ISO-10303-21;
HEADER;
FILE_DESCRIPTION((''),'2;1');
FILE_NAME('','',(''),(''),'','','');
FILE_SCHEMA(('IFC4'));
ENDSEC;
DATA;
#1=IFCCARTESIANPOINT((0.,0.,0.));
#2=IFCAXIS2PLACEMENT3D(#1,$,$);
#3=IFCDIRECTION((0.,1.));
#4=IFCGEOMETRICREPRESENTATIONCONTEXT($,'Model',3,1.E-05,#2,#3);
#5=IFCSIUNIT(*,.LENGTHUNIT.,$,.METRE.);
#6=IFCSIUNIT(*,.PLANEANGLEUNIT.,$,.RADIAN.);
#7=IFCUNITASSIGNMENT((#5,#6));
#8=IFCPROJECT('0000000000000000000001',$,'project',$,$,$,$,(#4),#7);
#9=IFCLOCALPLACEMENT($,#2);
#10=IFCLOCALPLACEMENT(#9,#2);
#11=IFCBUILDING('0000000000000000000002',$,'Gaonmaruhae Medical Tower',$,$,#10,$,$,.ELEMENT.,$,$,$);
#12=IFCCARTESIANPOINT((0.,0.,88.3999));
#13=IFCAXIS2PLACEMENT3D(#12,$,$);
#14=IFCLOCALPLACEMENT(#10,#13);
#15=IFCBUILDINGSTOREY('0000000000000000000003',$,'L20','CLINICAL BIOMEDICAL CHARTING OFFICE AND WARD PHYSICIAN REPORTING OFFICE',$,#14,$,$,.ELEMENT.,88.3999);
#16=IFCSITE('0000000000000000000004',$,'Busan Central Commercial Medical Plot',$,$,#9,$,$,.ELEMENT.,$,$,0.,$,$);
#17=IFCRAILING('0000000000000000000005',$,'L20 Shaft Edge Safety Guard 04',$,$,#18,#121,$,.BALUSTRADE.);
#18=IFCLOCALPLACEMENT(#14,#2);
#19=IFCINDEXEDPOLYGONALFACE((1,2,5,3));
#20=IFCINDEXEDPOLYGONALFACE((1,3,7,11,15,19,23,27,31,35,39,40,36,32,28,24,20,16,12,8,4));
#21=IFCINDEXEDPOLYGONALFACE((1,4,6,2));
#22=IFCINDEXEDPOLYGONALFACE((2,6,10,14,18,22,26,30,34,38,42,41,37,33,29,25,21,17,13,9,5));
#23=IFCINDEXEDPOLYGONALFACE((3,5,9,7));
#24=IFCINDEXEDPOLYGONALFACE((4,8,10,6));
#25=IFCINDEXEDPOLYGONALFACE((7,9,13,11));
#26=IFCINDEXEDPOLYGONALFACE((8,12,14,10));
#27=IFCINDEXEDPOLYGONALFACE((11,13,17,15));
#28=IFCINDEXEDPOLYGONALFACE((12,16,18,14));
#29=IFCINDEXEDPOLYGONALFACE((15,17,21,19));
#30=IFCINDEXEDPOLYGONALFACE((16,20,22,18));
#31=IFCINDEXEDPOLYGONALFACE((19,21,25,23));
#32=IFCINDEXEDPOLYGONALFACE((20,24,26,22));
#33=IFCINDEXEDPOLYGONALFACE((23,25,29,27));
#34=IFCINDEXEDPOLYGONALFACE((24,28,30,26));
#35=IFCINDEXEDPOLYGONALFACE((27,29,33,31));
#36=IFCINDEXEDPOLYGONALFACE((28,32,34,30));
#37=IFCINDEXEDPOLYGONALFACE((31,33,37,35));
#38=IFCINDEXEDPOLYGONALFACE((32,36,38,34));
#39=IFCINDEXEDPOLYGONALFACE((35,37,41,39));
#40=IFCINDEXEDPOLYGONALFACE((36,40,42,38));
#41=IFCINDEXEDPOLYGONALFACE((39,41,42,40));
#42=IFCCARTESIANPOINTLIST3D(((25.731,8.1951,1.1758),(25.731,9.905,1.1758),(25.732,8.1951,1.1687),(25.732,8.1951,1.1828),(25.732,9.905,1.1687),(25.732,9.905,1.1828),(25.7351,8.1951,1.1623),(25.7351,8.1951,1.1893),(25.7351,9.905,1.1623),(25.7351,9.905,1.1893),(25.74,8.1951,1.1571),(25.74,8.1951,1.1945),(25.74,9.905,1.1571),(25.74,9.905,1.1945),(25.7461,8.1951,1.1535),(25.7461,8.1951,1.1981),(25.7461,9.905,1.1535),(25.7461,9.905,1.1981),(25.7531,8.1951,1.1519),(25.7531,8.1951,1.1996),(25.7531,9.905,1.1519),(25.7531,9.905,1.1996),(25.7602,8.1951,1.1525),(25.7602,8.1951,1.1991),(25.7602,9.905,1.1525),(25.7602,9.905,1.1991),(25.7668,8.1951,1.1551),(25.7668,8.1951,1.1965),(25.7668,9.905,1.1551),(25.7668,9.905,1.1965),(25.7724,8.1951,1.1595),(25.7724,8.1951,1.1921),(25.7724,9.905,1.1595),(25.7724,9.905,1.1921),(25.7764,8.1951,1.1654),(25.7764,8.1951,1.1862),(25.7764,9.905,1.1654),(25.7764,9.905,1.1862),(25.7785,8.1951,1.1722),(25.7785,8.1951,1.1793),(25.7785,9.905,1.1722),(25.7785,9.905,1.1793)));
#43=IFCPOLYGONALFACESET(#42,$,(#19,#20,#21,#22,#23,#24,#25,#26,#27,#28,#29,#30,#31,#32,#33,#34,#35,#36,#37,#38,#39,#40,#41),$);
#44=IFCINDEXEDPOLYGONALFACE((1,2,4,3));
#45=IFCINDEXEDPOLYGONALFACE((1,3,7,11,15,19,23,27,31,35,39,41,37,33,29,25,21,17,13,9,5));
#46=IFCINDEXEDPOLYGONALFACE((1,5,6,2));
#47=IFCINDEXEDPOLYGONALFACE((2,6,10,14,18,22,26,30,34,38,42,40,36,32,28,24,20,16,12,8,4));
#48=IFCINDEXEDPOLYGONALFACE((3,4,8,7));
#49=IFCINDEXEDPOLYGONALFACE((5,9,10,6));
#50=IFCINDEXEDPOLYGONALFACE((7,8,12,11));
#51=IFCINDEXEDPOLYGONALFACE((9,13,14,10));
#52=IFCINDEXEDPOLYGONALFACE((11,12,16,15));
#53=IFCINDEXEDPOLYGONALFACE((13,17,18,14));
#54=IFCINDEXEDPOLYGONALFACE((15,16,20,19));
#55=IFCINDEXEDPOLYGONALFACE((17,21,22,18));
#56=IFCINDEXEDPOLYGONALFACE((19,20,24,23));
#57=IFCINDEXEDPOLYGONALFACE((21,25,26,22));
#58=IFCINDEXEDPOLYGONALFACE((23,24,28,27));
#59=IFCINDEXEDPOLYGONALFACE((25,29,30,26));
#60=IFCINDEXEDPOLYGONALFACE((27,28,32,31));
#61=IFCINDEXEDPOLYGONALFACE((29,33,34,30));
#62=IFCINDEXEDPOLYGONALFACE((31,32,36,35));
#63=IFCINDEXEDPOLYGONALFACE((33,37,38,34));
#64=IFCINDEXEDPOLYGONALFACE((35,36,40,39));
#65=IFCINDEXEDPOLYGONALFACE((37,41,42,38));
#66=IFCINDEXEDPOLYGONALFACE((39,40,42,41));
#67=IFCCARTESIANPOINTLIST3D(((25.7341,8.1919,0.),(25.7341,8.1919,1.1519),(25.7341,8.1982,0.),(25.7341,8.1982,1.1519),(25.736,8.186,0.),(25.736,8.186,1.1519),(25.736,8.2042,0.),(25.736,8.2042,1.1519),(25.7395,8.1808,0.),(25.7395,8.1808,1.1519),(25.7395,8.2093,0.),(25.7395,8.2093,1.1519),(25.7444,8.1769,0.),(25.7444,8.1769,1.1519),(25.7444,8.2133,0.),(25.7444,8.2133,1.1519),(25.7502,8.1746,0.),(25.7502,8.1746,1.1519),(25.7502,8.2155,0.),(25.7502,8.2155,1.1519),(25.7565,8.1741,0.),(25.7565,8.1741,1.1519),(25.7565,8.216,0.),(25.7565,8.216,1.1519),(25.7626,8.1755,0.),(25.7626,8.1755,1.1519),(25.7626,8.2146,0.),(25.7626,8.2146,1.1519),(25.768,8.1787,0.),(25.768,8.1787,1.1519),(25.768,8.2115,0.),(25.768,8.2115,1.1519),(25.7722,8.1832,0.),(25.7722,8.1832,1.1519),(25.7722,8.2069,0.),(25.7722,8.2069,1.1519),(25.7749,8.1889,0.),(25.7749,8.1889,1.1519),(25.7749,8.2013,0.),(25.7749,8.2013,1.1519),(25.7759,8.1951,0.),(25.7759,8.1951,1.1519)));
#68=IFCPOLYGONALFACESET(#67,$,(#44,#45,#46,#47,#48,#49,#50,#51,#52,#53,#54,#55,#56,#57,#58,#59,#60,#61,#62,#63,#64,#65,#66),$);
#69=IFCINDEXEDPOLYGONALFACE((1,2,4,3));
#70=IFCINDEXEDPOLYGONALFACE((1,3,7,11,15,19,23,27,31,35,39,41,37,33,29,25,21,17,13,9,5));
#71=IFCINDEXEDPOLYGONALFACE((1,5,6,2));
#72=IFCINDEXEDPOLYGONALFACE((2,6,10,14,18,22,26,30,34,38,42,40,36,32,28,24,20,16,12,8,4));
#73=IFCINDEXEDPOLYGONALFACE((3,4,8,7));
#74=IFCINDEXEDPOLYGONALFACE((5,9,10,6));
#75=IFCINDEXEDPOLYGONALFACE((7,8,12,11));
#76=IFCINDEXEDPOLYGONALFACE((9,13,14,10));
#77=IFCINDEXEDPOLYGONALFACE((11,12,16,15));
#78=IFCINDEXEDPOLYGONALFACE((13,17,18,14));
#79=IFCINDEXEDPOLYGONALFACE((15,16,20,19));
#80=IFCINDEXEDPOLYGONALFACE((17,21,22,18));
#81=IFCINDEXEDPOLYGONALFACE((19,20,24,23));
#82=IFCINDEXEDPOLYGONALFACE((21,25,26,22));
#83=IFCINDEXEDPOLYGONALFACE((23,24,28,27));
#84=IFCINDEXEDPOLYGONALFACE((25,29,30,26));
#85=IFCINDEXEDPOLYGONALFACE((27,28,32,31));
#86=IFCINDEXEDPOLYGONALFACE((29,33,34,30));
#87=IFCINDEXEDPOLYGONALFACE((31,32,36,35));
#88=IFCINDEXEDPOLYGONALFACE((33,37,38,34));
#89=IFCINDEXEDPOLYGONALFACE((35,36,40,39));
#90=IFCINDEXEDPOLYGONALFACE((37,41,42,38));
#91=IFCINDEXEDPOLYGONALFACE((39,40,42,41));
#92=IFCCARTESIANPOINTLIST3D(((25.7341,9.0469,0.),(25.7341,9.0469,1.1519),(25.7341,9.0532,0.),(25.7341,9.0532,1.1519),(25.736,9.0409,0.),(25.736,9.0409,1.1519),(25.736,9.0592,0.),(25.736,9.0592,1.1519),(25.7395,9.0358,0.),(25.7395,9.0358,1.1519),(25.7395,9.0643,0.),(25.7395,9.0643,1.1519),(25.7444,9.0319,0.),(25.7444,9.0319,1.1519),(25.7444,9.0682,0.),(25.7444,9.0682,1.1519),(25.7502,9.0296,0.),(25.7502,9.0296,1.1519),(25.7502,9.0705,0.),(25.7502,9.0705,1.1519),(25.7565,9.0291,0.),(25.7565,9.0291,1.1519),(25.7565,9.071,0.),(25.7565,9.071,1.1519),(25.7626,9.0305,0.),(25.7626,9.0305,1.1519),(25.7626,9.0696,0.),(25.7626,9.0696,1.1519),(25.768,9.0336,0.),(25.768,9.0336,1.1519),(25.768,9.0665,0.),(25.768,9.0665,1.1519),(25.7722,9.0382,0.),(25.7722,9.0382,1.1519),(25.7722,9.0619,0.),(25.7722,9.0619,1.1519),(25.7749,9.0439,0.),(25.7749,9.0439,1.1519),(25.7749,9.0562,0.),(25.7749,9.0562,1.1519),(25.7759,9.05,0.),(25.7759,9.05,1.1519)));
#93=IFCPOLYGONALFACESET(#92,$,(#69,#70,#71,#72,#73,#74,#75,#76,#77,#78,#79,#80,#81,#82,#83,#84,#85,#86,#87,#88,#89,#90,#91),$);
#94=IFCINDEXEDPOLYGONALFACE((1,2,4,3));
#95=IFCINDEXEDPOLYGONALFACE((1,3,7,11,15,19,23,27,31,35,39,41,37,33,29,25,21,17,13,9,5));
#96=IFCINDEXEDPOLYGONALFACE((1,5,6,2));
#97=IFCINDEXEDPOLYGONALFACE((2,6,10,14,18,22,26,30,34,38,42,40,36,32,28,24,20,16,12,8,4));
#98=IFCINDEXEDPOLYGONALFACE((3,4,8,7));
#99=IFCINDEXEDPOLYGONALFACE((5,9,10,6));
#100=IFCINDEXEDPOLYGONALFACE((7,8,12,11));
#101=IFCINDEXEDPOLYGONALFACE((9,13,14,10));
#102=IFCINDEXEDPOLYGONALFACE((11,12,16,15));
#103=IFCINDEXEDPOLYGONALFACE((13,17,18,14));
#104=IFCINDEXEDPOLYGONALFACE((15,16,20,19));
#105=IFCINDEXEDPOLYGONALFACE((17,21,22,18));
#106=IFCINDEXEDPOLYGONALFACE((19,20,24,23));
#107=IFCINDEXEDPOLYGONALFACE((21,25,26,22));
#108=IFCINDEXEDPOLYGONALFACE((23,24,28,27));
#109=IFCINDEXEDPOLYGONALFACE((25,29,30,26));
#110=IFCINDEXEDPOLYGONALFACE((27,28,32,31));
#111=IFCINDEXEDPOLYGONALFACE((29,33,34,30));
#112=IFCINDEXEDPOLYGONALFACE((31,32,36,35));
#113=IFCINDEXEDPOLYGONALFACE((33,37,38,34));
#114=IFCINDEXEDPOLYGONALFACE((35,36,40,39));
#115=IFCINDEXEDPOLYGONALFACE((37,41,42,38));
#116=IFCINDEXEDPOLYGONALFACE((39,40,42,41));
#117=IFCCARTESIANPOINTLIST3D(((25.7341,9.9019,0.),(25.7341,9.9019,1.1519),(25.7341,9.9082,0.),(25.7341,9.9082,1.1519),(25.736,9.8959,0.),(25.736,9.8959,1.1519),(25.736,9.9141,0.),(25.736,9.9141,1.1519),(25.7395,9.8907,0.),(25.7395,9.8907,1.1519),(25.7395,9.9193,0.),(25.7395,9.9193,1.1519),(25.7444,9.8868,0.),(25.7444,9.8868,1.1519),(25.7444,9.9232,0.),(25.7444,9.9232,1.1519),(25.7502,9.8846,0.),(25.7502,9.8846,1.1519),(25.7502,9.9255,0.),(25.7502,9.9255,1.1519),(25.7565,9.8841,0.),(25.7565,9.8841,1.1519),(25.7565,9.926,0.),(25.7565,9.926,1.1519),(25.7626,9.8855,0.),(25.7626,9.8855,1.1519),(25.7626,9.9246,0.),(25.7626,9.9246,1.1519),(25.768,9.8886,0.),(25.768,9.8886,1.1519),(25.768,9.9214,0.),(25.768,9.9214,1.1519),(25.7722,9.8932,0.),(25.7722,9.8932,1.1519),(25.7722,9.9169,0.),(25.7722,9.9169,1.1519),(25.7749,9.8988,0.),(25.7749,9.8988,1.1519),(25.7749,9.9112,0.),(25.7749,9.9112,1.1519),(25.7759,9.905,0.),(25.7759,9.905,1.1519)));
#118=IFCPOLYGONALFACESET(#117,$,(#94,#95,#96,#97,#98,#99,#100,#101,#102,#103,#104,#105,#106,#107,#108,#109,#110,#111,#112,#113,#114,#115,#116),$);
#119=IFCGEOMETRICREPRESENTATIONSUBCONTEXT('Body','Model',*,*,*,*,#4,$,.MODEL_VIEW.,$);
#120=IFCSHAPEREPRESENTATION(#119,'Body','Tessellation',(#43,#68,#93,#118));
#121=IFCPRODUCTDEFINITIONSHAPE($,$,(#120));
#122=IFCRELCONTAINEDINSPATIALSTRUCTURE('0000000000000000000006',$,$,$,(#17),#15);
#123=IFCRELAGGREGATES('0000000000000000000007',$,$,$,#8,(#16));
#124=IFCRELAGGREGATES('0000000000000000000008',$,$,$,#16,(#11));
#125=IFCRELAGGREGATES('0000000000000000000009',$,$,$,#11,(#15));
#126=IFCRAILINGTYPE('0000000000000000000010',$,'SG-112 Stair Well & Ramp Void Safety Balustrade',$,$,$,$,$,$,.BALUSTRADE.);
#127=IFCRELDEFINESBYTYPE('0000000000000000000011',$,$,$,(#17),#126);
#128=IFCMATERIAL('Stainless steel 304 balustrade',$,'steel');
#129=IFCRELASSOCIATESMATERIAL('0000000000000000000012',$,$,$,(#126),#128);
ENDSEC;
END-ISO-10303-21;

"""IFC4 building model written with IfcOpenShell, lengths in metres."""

from ifc_helpers import new_model, si_unit, direction, frame, origin, origin_2d, place, context, subcontext, project, spatial, circle, extrude, material, type_object, element, save


model = new_model("IFC4")

# Units and contexts
model_context = context("Model", 3, precision=1e-05, world=origin(), true_north=direction((0.0, 1.0)))
body_context = subcontext(model_context, "Body", "Model", "MODEL_VIEW")
ifc_project = project(units=[si_unit("LENGTHUNIT", "METRE"), si_unit("PLANEANGLEUNIT", "RADIAN")], contexts=[model_context])

# Site, building, storey
site_placement = place(None, origin())
site = spatial("IfcSite", under=ifc_project, at=site_placement, Name="Busan Central Commercial Medical Plot", CompositionType="ELEMENT", RefElevation=0.0)
building_placement = place(site_placement, origin())
building = spatial("IfcBuilding", under=site, at=building_placement, Name="Gaonmaruhae Medical Tower", CompositionType="ELEMENT")
storey_placement = place(building_placement, frame((0.0, 0.0, 88.3999)))
storey = spatial("IfcBuildingStorey", under=building, at=storey_placement, Name="L20", Description="CLINICAL BIOMEDICAL CHARTING OFFICE AND WARD PHYSICIAN REPORTING OFFICE", CompositionType="ELEMENT", Elevation=88.3999)

# Railing
ifc_material_1 = material(Name="Stainless steel 304 balustrade", Category="steel")
railing_type_1 = type_object("IfcRailingType", Name="SG-112 Stair Well & Ramp Void Safety Balustrade", PredefinedType="BALUSTRADE", material=ifc_material_1)
railing_1_placement = place(storey_placement, frame((25.7549, 8.1951, 0.0)))
element("IfcRailing", 1, at=railing_1_placement, inside=storey, type_object=railing_type_1, Name="L20 Shaft Edge Safety Guard 04", PredefinedType="BALUSTRADE", context=body_context, shape_type="SweptSolid", body=[
    extrude(circle(Radius=0.0239, at=origin_2d()), frame((0.0, 0.0, 1.1758), z_axis=(0.0, 1.0, 0.0), x_axis=(-1.0, 0.0, 0.0)), (0.0, 0.0, 1.0), 1.71),
    extrude(circle(Radius=0.021, at=origin_2d()), origin(), (0.0, 0.0, 1.0), 1.1519),
    extrude(circle(Radius=0.021, at=origin_2d()), frame((0.0, 0.855, 0.0)), (0.0, 0.0, 1.0), 1.1519),
    extrude(circle(Radius=0.021, at=origin_2d()), frame((0.0, 1.71, 0.0)), (0.0, 0.0, 1.0), 1.1519),
])

save(model, "model.ifc")
